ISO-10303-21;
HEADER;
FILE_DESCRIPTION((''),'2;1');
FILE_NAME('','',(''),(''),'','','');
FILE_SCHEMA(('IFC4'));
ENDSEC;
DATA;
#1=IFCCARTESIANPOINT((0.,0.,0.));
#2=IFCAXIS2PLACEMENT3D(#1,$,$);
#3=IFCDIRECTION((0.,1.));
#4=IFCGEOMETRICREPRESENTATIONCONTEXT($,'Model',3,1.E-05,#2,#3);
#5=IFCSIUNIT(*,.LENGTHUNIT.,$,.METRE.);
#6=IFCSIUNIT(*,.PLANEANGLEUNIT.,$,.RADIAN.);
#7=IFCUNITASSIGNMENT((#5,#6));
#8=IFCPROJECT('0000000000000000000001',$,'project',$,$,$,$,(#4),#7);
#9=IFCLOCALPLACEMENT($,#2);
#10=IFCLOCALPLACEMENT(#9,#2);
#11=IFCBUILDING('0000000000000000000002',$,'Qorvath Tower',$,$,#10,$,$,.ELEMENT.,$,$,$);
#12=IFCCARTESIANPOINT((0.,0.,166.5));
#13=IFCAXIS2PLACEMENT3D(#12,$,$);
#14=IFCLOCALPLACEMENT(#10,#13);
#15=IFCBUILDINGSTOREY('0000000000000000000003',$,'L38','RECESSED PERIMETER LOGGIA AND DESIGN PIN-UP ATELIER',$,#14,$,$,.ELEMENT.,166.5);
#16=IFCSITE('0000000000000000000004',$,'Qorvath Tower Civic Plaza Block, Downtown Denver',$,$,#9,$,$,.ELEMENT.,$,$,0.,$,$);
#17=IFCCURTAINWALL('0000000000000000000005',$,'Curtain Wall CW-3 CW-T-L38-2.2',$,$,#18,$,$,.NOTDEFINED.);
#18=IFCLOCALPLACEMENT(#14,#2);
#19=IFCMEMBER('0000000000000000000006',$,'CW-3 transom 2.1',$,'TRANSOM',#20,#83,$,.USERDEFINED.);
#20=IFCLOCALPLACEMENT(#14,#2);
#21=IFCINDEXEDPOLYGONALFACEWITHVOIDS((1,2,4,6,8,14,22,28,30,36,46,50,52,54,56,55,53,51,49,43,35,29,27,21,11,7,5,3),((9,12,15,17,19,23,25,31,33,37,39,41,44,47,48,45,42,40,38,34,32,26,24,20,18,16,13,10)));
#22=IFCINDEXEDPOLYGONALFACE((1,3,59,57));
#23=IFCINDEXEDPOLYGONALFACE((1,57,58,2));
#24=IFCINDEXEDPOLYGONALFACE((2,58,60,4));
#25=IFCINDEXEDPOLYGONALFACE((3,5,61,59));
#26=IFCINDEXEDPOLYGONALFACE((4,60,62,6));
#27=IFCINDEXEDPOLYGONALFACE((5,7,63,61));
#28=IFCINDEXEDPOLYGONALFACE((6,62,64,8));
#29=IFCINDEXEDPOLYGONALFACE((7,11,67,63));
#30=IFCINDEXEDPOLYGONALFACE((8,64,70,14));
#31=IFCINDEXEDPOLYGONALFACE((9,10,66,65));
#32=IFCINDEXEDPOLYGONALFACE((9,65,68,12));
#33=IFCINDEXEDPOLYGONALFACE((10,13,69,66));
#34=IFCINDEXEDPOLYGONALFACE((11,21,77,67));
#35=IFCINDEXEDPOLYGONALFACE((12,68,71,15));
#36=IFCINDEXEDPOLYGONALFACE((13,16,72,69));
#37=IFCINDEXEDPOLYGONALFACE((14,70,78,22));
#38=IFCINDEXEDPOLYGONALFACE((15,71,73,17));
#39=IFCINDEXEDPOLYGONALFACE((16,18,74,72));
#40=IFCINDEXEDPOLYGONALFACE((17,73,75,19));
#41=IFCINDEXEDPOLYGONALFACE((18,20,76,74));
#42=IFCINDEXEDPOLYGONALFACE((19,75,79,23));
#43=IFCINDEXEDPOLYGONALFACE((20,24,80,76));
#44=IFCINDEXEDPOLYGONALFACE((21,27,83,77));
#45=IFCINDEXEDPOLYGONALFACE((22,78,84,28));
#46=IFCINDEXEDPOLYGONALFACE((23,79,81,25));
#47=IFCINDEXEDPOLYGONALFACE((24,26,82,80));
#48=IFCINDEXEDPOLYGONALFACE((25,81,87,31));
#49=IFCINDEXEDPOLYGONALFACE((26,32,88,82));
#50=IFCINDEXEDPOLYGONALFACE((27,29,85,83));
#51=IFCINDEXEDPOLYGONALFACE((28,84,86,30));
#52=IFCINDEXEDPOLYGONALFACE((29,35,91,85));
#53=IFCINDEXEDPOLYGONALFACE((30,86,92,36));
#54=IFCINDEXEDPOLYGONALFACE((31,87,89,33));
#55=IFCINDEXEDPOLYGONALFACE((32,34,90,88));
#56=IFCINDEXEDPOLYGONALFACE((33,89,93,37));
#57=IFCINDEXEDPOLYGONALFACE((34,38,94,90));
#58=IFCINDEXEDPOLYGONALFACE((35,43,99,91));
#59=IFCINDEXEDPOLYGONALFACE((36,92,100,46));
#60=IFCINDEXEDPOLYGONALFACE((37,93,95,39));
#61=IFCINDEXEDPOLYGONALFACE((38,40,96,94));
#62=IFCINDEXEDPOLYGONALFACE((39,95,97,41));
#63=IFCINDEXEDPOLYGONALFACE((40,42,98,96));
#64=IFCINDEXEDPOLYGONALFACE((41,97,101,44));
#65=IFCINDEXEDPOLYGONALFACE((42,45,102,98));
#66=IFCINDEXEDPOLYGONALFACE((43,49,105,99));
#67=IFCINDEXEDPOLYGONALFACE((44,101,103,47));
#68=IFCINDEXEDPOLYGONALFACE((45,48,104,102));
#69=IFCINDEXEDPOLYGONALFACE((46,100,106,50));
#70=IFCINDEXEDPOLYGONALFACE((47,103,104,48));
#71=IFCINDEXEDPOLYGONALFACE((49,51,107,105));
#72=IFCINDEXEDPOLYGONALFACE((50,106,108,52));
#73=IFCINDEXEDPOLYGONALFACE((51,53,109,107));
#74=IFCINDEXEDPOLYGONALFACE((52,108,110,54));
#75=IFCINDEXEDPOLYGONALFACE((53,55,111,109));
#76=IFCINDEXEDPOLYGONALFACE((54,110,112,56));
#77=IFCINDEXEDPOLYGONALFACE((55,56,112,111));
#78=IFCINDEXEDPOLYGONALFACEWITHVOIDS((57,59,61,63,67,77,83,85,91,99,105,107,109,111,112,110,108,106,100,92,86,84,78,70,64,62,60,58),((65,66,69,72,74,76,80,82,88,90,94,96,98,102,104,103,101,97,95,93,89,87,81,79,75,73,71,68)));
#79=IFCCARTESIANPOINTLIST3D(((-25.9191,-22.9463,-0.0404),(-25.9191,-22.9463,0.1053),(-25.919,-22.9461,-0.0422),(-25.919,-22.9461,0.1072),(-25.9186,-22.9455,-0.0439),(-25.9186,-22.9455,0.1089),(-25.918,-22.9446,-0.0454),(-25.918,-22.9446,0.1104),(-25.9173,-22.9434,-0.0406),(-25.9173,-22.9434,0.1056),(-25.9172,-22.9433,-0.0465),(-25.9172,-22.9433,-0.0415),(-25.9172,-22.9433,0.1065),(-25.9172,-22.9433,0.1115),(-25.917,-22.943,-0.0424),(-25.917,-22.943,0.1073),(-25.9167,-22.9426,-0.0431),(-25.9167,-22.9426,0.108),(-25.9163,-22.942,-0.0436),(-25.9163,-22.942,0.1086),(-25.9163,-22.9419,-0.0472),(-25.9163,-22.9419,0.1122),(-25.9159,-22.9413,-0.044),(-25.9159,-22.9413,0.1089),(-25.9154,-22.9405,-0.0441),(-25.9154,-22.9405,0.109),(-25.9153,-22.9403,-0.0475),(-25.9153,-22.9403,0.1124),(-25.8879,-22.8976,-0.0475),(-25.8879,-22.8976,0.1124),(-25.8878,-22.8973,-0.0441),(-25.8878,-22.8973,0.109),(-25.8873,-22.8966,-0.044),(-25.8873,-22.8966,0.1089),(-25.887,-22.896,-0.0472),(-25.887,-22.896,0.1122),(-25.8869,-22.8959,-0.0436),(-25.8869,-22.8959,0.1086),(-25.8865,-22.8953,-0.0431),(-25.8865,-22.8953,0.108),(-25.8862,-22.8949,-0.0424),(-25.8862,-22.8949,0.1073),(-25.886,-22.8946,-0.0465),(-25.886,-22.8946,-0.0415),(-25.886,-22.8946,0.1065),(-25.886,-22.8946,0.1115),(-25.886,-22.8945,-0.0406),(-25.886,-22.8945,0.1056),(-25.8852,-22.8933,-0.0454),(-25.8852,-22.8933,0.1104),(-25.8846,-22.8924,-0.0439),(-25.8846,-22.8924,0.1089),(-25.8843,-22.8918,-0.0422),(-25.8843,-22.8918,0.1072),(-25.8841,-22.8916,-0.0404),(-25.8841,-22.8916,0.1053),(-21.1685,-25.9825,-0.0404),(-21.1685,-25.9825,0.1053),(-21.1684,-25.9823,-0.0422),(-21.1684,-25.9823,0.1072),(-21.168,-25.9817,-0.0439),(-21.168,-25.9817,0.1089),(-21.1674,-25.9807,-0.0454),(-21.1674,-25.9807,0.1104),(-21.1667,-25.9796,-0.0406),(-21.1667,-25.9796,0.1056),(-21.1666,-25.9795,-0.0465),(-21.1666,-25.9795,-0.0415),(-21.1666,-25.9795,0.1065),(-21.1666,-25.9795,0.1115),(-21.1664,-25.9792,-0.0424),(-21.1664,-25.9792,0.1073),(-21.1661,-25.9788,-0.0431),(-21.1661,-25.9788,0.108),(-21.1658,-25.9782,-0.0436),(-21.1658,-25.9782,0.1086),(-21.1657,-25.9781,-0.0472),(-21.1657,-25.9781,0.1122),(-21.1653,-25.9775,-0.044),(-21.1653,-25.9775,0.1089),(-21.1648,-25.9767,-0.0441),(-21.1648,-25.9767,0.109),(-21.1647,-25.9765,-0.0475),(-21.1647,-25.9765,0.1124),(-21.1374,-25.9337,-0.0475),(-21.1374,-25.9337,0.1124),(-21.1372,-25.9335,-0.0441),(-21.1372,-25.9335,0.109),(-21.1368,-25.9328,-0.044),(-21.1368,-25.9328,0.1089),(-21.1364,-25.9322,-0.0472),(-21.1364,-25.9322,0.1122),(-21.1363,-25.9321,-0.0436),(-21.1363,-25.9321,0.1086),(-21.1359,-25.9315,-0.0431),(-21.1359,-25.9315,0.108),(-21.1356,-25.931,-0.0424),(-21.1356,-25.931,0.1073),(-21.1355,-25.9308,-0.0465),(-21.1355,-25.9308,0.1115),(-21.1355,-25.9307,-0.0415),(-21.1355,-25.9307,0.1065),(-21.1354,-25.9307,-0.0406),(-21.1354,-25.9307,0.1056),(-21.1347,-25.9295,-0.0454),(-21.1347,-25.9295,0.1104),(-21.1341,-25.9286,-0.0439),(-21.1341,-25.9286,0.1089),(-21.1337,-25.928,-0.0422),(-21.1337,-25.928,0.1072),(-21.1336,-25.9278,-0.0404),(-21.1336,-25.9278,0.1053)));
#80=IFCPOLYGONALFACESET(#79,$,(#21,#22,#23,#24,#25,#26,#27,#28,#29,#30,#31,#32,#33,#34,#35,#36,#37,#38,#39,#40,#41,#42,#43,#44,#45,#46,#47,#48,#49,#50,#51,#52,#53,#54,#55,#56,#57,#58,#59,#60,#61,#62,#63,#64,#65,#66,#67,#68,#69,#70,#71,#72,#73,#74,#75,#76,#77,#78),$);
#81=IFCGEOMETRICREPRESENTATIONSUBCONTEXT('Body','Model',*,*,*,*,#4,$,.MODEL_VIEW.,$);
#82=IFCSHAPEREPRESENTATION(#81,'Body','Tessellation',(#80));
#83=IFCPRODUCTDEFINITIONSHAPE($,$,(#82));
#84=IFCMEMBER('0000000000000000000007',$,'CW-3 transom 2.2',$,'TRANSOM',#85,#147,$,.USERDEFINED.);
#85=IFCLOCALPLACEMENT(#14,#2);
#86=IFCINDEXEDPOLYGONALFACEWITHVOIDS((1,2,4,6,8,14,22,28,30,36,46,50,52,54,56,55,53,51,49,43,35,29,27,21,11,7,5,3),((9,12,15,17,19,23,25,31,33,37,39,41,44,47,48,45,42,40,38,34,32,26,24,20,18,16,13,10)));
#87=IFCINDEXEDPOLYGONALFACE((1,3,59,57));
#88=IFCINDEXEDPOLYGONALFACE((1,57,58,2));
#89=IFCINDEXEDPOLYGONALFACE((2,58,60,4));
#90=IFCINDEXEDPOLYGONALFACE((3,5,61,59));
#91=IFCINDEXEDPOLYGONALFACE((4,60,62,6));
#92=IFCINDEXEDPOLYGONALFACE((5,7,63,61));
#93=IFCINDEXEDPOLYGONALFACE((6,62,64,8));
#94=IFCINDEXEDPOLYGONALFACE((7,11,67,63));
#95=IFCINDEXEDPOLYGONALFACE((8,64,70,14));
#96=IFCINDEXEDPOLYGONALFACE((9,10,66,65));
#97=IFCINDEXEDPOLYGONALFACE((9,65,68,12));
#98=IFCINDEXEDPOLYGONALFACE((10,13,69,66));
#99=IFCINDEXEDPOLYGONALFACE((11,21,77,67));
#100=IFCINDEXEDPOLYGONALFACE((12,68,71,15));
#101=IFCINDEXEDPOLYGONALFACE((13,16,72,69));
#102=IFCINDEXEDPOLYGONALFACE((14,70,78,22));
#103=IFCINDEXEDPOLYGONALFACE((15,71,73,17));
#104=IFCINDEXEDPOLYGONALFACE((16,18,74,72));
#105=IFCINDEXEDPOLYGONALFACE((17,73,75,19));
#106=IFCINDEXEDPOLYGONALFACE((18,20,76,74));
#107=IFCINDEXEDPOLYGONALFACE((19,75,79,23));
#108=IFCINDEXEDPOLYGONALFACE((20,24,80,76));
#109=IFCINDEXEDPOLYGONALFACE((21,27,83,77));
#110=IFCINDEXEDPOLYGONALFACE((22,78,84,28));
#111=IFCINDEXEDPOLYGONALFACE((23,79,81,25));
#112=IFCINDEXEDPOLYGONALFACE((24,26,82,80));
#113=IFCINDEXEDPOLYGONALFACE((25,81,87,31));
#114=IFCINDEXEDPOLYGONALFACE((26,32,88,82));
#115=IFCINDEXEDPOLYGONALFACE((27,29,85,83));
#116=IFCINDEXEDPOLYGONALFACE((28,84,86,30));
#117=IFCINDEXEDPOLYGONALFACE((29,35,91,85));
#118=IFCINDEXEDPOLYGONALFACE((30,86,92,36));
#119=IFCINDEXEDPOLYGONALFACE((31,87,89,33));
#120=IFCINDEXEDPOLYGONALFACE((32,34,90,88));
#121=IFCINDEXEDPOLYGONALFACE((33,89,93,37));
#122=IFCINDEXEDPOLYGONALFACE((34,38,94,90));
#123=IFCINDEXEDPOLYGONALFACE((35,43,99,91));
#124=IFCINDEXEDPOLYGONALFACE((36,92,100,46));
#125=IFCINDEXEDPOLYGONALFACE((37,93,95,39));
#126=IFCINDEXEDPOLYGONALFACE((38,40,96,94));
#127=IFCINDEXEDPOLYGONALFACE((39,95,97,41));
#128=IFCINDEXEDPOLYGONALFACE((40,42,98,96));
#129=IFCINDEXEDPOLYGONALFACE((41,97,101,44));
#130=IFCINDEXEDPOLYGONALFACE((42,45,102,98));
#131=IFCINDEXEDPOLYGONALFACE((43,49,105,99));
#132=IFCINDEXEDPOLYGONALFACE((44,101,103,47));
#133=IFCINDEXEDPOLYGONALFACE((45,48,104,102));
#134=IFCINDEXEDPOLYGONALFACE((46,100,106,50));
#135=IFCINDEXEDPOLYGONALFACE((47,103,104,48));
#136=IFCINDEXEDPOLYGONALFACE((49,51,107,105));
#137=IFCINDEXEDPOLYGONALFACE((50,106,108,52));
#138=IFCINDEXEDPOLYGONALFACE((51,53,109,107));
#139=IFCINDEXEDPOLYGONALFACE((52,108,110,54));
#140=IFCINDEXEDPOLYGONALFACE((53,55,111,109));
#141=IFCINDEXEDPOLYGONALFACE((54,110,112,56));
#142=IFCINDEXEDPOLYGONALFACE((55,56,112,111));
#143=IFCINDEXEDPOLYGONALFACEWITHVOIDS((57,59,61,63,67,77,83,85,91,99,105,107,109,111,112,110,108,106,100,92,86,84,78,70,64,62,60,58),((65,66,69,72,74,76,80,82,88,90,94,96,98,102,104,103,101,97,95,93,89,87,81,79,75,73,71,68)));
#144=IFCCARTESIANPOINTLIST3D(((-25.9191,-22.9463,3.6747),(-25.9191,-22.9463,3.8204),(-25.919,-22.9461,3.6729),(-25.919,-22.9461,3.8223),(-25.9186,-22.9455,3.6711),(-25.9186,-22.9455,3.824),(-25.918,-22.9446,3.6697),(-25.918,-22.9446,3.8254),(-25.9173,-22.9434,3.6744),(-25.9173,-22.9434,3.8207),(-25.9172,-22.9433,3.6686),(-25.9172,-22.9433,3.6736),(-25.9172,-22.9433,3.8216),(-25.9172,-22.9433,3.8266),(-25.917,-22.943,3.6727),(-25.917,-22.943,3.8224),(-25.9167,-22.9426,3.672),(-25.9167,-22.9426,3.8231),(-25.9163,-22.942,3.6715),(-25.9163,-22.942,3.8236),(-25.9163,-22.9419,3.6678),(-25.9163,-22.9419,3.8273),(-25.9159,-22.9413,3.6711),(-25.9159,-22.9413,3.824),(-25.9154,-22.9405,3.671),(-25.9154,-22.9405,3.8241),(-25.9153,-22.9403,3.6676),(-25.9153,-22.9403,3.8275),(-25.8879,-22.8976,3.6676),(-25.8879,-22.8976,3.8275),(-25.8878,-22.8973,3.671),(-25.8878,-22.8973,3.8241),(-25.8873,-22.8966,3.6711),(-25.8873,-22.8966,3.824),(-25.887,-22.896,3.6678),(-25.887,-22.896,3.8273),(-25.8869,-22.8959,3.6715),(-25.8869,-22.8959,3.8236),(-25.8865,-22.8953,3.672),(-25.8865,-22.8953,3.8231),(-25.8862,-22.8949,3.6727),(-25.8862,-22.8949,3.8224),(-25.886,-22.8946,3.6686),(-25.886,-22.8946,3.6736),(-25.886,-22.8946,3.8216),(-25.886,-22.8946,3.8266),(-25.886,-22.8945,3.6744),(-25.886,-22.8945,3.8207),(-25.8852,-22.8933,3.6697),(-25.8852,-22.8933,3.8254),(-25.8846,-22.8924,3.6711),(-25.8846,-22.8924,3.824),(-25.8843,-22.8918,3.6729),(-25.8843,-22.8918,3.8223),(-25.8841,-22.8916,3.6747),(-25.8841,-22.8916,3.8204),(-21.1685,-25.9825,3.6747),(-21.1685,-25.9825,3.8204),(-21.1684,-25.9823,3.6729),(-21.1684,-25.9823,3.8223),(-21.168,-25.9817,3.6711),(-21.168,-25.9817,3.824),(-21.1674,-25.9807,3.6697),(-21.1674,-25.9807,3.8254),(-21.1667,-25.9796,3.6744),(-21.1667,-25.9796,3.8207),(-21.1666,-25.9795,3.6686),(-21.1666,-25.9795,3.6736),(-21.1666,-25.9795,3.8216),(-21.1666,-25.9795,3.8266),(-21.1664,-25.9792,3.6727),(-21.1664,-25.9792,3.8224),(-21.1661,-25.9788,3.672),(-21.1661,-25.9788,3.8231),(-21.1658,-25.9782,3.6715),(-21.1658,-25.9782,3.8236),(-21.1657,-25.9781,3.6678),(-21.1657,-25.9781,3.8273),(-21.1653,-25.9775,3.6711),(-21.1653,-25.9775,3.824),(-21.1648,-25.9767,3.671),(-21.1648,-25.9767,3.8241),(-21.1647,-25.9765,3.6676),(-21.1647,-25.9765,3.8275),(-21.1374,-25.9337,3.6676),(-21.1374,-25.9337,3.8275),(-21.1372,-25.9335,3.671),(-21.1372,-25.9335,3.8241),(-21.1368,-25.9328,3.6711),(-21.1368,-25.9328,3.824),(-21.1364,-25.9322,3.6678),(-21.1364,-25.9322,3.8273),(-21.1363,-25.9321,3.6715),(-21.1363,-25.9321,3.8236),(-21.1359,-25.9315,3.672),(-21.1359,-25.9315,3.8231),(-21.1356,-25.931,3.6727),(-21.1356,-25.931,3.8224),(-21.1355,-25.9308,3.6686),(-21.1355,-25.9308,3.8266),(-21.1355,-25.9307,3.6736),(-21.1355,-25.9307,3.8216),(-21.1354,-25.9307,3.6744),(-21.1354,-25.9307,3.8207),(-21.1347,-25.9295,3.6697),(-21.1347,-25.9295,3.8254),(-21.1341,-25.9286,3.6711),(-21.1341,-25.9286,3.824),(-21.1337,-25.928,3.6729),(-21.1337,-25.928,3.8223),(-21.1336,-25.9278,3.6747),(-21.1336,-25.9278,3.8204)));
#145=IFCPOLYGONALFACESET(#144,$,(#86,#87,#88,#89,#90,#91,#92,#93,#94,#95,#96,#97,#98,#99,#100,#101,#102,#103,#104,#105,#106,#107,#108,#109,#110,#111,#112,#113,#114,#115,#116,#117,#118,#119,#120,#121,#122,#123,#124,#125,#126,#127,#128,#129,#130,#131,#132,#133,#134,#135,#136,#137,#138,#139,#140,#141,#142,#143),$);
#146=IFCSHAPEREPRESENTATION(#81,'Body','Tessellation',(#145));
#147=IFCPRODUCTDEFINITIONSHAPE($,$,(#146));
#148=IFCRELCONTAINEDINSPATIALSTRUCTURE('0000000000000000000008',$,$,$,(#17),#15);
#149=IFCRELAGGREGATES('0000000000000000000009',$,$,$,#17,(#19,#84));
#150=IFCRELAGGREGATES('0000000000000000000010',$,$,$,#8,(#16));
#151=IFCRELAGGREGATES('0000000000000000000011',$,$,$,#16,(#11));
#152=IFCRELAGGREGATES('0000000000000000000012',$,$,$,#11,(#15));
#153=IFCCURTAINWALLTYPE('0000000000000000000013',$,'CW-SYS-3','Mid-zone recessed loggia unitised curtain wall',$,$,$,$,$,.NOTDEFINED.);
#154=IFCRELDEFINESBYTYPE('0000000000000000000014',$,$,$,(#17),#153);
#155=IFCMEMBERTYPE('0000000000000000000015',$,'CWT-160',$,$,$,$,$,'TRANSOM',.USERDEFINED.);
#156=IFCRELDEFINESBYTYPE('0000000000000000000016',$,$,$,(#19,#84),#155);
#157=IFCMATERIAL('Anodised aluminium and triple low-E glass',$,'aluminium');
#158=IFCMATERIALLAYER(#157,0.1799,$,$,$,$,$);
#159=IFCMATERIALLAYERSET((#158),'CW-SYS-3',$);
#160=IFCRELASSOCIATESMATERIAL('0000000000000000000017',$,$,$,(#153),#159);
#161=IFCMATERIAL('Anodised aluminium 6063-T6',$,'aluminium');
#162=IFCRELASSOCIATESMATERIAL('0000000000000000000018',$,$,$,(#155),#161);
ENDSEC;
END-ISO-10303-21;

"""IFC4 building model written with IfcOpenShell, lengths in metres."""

from ifc_helpers import new_model, si_unit, direction, frame, origin, origin_2d, place, context, subcontext, project, spatial, hollow_rectangle, extrude, material, layer, layer_set, material_profile, profile_set, type_object, element, aggregate, save


model = new_model("IFC4")

# Units and contexts
model_context = context("Model", 3, precision=1e-05, world=origin(), true_north=direction((0.0, 1.0)))
body_context = subcontext(model_context, "Body", "Model", "MODEL_VIEW")
ifc_project = project(units=[si_unit("LENGTHUNIT", "METRE"), si_unit("PLANEANGLEUNIT", "RADIAN")], contexts=[model_context])

# Site, building, storey
site_placement = place(None, origin())
site = spatial("IfcSite", under=ifc_project, at=site_placement, Name="Qorvath Tower Civic Plaza Block, Downtown Denver", CompositionType="ELEMENT", RefElevation=0.0)
building_placement = place(site_placement, origin())
building = spatial("IfcBuilding", under=site, at=building_placement, Name="Qorvath Tower", CompositionType="ELEMENT")
storey_placement = place(building_placement, frame((0.0, 0.0, 166.5)))
storey = spatial("IfcBuildingStorey", under=building, at=storey_placement, Name="L38", Description="RECESSED PERIMETER LOGGIA AND DESIGN PIN-UP ATELIER", CompositionType="ELEMENT", Elevation=166.5)

# Curtain wall, members
ifc_material_1 = material(Name="Anodised aluminium and triple low-E glass", Category="aluminium")
ifc_layer_1 = layer(ifc_material_1, 0.1799)
ifc_layer_set_1 = layer_set([ifc_layer_1], Name="CW-SYS-3")
curtain_wall_type = type_object("IfcCurtainWallType", Name="CW-SYS-3", Description="Mid-zone recessed loggia unitised curtain wall", PredefinedType="NOTDEFINED", material=ifc_layer_set_1)
curtain_wall_placement = place(storey_placement, origin())
curtain_wall = element("IfcCurtainWall", 1, at=curtain_wall_placement, inside=storey, type_object=curtain_wall_type, Name="Curtain Wall CW-3 CW-T-L38-2.2", PredefinedType="NOTDEFINED")
ifc_material_2 = material(Name="Anodised aluminium 6063-T6", Category="aluminium")
ifc_material_profile_1 = material_profile(ifc_material_2, hollow_rectangle(XDim=0.0649, YDim=0.1599, WallThickness=0.0034, InnerFilletRadius=0.0034, OuterFilletRadius=0.0071, at=origin_2d()), Name="CWT 160x65")
ifc_profile_set_1 = profile_set([ifc_material_profile_1], Name="Anodised aluminium 6063-T6")
member_type_1 = type_object("IfcMemberType", Name="CWT-160", ElementType="TRANSOM", PredefinedType="USERDEFINED", material=ifc_profile_set_1)
member_1_placement = place(storey_placement, frame((-25.9016, -22.9189, 0.0325), z_axis=(0.842608, -0.538528, 0.0), x_axis=(0.538528, 0.842608, 0.0)))
member_1 = element("IfcMember", 2, at=member_1_placement, type_object=member_type_1, Name="CW-3 transom 2.1", ObjectType="TRANSOM", PredefinedType="USERDEFINED", context=body_context, shape_type="SweptSolid", body=[
    extrude(hollow_rectangle(XDim=0.0649, YDim=0.1599, WallThickness=0.0034, InnerFilletRadius=0.0034, OuterFilletRadius=0.0071, at=origin_2d()), origin(), (0.0, 0.0, 1.0), 5.6379),
])
member_2_placement = place(storey_placement, frame((-25.9016, -22.9189, 3.7476), z_axis=(0.842608, -0.538528, 0.0), x_axis=(0.538528, 0.842608, 0.0)))
member_2 = element("IfcMember", 3, at=member_2_placement, type_object=member_type_1, Name="CW-3 transom 2.2", ObjectType="TRANSOM", PredefinedType="USERDEFINED", context=body_context, shape_type="SweptSolid", body=[
    extrude(hollow_rectangle(XDim=0.0649, YDim=0.1599, WallThickness=0.0034, InnerFilletRadius=0.0034, OuterFilletRadius=0.0071, at=origin_2d()), origin(), (0.0, 0.0, 1.0), 5.6379),
])
aggregate(curtain_wall, [member_1, member_2])

save(model, "model.ifc")
